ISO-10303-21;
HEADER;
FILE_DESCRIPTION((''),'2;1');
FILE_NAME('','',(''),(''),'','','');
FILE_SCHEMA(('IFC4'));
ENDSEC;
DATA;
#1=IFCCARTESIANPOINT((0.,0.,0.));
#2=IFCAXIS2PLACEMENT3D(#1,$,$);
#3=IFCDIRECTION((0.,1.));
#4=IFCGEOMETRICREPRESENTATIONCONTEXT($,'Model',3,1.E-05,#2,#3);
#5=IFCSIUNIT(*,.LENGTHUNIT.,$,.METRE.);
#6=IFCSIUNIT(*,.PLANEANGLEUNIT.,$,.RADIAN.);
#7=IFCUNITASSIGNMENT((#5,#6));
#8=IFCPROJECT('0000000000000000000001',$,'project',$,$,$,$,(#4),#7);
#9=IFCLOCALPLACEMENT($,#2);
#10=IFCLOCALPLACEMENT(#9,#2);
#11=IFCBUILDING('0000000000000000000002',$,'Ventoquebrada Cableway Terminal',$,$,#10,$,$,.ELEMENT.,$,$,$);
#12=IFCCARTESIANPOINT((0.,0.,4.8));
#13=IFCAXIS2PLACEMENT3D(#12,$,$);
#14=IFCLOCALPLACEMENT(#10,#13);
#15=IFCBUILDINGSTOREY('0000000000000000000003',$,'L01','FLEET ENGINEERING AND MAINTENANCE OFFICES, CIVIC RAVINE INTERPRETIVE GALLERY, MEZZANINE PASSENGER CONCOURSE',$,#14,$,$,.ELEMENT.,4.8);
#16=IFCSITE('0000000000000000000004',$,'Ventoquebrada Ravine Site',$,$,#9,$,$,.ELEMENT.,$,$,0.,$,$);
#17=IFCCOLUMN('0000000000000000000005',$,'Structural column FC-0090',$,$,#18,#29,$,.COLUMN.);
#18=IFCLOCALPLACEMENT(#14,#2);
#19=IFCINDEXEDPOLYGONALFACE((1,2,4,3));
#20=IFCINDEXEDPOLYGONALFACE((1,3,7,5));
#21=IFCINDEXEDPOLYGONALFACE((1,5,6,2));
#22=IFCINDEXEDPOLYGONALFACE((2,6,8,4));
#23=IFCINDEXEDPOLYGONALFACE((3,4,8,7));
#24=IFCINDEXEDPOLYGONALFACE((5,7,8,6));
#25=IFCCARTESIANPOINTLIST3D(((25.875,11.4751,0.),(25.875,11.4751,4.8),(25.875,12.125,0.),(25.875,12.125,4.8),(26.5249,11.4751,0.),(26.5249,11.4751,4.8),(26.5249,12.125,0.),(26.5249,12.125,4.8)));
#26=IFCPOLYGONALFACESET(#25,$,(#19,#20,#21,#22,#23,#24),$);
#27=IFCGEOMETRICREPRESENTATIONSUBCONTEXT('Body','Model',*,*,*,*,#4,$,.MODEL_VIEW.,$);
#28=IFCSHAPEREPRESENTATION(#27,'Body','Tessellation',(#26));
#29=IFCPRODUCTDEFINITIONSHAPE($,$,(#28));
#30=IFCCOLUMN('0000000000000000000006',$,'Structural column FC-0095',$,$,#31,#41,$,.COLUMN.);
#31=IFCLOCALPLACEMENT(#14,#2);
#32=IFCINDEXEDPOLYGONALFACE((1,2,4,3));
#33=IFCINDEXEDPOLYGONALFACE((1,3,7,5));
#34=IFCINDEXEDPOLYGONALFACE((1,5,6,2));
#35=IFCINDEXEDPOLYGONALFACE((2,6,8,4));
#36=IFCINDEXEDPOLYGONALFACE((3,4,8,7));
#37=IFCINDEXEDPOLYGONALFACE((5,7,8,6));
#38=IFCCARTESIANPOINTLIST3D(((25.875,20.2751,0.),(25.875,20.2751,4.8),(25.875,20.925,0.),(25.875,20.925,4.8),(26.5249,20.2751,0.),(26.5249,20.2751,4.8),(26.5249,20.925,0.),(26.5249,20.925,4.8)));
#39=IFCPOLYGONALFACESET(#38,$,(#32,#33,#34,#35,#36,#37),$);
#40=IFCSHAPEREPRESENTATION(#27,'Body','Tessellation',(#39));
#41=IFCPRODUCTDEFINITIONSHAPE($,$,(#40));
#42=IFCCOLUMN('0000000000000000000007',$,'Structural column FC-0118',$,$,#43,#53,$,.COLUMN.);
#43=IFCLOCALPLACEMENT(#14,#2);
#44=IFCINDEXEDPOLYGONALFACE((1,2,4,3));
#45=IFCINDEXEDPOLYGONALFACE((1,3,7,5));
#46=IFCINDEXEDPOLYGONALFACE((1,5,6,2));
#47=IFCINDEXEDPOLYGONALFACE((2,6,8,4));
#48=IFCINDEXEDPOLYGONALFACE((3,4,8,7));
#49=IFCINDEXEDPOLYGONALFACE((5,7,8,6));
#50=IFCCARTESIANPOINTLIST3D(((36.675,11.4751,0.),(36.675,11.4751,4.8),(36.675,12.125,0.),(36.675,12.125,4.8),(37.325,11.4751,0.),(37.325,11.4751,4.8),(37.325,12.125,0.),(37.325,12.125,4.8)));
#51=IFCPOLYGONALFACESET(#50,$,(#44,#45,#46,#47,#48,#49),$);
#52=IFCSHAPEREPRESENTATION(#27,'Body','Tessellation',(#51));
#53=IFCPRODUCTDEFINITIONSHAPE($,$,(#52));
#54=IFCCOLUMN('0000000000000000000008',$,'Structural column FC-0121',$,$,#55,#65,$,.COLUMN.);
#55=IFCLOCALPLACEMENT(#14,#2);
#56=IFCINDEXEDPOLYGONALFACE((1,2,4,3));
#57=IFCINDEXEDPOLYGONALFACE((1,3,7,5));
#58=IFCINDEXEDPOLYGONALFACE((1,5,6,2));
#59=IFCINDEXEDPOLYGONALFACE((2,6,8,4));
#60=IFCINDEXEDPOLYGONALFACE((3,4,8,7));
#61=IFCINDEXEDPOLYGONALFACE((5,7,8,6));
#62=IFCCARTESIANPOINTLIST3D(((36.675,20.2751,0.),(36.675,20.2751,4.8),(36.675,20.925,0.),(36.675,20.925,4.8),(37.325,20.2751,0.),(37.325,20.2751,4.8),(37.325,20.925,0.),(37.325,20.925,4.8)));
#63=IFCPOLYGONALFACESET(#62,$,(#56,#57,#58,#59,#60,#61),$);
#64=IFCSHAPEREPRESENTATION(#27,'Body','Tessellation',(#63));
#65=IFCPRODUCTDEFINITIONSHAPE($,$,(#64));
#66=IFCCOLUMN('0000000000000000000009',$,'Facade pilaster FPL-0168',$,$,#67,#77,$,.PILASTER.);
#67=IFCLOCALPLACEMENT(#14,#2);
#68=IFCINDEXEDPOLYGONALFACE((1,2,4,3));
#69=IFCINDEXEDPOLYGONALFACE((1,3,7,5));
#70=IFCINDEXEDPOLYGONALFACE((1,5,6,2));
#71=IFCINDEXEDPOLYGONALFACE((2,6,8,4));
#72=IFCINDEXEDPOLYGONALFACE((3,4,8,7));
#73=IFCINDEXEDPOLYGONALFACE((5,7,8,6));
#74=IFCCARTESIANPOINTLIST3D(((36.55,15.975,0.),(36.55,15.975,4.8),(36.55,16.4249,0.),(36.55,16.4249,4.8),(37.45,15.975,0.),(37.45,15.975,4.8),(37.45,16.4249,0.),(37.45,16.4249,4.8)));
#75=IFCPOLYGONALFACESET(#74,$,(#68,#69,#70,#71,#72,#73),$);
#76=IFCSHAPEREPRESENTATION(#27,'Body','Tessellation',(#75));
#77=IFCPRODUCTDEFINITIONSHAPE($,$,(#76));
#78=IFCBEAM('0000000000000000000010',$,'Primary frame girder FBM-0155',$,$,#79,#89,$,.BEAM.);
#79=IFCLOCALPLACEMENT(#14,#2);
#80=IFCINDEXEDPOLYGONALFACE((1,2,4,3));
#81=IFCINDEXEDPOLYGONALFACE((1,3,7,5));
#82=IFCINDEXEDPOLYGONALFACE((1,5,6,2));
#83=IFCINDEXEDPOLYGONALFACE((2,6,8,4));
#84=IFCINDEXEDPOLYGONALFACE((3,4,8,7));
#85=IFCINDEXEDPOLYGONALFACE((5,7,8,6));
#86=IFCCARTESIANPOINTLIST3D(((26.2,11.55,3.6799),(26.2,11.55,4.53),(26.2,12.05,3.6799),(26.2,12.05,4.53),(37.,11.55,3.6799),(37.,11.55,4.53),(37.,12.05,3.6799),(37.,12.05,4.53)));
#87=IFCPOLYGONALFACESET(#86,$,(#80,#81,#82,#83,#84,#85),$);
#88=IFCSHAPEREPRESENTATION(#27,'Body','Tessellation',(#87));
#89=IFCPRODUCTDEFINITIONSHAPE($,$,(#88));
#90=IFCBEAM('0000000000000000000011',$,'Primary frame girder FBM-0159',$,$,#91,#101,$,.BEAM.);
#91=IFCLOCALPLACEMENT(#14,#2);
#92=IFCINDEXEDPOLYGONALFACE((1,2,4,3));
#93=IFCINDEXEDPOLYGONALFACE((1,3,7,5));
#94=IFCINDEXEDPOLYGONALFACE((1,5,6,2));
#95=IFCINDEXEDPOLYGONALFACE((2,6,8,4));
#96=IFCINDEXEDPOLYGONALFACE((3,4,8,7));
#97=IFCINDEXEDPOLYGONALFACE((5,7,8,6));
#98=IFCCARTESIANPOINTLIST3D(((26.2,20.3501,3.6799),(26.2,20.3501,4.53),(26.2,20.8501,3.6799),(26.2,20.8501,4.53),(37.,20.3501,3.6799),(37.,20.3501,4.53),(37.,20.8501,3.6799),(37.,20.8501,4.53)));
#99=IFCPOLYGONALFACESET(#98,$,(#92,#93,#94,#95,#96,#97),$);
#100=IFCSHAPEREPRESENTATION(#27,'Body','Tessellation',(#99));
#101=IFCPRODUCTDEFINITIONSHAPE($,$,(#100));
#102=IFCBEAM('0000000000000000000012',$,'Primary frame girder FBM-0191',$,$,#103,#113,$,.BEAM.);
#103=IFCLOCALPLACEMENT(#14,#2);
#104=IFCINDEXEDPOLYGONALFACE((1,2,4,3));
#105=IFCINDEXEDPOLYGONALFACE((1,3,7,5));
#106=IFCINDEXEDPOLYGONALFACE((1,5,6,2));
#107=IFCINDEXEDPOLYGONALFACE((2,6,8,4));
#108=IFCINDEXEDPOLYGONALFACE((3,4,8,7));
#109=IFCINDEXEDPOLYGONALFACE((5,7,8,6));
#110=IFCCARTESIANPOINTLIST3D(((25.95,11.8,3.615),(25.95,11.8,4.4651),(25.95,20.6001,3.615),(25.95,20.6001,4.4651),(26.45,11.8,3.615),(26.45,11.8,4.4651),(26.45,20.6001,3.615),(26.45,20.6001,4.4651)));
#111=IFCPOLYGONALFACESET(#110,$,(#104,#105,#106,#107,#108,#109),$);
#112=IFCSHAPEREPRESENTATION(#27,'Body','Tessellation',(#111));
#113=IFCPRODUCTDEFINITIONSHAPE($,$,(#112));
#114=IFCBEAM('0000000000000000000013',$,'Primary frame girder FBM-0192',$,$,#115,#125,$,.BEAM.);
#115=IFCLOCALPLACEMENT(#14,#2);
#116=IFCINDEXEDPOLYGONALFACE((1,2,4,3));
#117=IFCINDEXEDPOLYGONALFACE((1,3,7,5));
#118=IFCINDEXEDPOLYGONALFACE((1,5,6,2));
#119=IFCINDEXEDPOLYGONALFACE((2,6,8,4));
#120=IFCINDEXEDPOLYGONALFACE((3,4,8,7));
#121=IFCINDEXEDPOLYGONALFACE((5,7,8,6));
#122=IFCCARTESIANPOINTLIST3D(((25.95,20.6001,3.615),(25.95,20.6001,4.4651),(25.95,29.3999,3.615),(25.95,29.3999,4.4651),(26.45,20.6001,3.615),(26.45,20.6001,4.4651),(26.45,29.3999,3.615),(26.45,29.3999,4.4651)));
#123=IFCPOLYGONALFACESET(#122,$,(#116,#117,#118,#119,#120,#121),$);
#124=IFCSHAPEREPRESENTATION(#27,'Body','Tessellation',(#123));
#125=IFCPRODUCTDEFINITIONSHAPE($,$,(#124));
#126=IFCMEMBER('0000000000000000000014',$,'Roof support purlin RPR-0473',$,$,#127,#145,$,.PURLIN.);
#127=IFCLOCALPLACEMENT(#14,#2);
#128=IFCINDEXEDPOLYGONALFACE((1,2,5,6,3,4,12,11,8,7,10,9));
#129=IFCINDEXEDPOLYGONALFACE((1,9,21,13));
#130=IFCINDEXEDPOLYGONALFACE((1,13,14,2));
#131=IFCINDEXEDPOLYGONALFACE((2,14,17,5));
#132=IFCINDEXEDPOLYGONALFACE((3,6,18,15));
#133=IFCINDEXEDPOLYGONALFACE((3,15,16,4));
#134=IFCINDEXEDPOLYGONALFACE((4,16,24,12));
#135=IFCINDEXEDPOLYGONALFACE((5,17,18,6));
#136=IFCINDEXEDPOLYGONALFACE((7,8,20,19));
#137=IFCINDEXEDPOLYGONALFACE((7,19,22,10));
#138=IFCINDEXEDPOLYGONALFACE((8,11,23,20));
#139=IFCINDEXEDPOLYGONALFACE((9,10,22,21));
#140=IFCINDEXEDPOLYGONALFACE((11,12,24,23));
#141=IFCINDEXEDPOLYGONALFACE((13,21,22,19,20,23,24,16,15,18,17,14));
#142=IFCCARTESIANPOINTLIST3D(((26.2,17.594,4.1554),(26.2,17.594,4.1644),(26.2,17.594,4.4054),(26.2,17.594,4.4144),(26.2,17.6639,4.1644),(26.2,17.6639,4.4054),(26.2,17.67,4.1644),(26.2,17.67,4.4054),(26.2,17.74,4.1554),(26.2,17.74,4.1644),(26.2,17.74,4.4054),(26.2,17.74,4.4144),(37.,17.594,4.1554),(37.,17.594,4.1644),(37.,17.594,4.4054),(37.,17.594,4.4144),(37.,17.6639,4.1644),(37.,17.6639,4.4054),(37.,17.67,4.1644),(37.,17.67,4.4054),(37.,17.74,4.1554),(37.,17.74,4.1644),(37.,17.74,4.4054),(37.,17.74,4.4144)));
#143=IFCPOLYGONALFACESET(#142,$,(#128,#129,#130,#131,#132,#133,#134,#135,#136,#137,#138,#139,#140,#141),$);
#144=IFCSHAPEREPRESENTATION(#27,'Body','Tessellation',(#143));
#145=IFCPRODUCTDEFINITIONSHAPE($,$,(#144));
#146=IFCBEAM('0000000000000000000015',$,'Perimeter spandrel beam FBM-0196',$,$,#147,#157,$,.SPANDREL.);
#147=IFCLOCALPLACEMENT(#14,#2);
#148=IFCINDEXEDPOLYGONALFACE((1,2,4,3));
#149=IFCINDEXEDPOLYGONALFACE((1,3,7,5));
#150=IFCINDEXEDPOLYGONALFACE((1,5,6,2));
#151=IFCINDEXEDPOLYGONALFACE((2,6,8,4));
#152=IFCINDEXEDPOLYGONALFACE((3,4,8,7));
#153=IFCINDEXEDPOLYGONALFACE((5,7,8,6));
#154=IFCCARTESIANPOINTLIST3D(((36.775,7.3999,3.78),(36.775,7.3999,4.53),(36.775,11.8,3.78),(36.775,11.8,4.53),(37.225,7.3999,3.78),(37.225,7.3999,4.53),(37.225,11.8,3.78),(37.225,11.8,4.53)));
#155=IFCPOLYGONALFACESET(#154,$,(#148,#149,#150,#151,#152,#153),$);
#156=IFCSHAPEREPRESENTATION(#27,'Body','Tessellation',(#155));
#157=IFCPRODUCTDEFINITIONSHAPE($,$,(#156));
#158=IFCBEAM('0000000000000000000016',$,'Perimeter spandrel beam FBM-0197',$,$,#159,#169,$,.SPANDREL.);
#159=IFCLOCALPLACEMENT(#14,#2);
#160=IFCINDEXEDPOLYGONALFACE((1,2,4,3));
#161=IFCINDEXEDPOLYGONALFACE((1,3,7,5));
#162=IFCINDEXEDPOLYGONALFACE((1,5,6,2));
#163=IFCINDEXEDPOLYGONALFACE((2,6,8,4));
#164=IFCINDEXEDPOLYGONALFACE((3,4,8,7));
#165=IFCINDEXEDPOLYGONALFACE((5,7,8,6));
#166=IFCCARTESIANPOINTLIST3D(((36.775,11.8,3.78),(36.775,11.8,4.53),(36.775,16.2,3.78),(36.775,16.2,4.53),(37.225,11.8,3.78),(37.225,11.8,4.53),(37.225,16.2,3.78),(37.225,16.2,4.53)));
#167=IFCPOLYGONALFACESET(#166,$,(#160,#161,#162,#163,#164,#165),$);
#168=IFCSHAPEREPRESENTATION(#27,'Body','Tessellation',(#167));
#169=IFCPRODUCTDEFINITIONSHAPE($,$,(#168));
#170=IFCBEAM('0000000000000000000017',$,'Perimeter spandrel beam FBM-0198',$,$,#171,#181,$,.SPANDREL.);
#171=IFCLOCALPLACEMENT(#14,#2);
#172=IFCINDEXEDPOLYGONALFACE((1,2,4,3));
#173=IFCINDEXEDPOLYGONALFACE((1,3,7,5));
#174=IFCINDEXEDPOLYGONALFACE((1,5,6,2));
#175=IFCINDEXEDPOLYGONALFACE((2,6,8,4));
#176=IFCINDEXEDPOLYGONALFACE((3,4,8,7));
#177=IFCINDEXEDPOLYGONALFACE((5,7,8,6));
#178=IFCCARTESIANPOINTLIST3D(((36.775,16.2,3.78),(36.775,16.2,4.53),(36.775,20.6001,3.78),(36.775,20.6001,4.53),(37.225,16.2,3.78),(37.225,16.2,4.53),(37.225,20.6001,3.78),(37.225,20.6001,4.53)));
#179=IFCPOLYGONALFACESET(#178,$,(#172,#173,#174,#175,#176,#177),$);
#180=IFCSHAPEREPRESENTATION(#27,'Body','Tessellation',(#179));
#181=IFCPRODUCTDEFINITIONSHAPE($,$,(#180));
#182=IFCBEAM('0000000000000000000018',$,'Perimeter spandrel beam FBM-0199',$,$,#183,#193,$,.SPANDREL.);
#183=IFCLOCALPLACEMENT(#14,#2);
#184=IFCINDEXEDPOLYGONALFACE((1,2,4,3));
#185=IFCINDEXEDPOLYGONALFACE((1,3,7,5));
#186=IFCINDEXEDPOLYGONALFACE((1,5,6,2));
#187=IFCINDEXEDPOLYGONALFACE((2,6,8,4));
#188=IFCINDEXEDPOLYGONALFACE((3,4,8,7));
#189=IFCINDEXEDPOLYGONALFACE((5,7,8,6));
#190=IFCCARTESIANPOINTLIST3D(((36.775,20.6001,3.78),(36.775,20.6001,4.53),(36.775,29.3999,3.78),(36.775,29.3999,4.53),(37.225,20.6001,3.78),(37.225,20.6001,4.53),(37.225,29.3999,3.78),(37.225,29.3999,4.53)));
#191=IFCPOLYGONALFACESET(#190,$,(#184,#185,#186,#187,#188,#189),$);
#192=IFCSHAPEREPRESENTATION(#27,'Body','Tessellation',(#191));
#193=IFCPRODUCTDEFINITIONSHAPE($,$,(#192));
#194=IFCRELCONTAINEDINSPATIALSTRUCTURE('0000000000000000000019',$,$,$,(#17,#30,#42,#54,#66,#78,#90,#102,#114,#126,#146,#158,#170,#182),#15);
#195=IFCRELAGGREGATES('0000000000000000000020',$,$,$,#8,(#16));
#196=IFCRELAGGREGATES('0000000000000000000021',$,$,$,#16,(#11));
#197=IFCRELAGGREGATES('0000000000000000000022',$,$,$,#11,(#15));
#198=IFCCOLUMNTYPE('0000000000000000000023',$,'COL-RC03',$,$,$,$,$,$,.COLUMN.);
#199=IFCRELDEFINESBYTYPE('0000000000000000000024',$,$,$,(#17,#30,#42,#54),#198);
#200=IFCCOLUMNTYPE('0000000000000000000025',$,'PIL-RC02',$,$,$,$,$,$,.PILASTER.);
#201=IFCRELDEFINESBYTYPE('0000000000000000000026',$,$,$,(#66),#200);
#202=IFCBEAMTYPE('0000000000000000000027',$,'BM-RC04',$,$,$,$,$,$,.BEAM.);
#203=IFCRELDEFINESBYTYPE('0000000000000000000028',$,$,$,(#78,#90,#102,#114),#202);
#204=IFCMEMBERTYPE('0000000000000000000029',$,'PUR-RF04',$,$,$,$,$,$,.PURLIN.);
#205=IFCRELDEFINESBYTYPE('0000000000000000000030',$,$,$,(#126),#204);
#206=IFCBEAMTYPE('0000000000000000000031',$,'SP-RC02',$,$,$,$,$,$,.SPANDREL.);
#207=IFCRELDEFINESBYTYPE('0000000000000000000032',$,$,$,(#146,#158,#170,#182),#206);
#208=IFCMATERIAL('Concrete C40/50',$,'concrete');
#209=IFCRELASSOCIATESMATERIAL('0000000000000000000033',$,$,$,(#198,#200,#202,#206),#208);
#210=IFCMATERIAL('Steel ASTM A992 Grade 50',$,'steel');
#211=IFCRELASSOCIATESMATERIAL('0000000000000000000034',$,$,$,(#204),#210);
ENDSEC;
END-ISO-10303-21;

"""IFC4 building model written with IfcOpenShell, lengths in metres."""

from ifc_helpers import new_model, si_unit, direction, frame, origin, origin_2d, place, context, subcontext, project, spatial, rectangle, i_section, extrude, material, material_profile, profile_set, type_object, element, save


model = new_model("IFC4")

# Units and contexts
model_context = context("Model", 3, precision=1e-05, world=origin(), true_north=direction((0.0, 1.0)))
body_context = subcontext(model_context, "Body", "Model", "MODEL_VIEW")
ifc_project = project(units=[si_unit("LENGTHUNIT", "METRE"), si_unit("PLANEANGLEUNIT", "RADIAN")], contexts=[model_context])

# Site, building, storey
site_placement = place(None, origin())
site = spatial("IfcSite", under=ifc_project, at=site_placement, Name="Ventoquebrada Ravine Site", CompositionType="ELEMENT", RefElevation=0.0)
building_placement = place(site_placement, origin())
building = spatial("IfcBuilding", under=site, at=building_placement, Name="Ventoquebrada Cableway Terminal", CompositionType="ELEMENT")
storey_placement = place(building_placement, frame((0.0, 0.0, 4.8)))
storey = spatial("IfcBuildingStorey", under=building, at=storey_placement, Name="L01", Description="FLEET ENGINEERING AND MAINTENANCE OFFICES, CIVIC RAVINE INTERPRETIVE GALLERY, MEZZANINE PASSENGER CONCOURSE", CompositionType="ELEMENT", Elevation=4.8)

# Columns
ifc_material_1 = material(Name="Concrete C40/50", Category="concrete")
ifc_material_profile_1 = material_profile(ifc_material_1, rectangle(XDim=0.6499, YDim=0.6499, at=origin_2d()), Name="RC-COL-650X650")
ifc_profile_set_1 = profile_set([ifc_material_profile_1], Name="Concrete C40/50")
column_type_1 = type_object("IfcColumnType", Name="COL-RC03", PredefinedType="COLUMN", material=ifc_profile_set_1)
for number, where, z_axis, x_axis, name in (
    (1, (26.2, 11.8, 0.0), (0.0, 0.0, 1.0), (1.0, 0.0, 0.0), "Structural column FC-0090"),
    (2, (26.2, 20.6001, 0.0), (0.0, 0.0, 1.0), (1.0, 0.0, 0.0), "Structural column FC-0095"),
    (3, (37.0, 11.8, 0.0), (0.0, 0.0, 1.0), (1.0, 0.0, 0.0), "Structural column FC-0118"),
    (4, (37.0, 20.6001, 0.0), (0.0, 0.0, 1.0), (1.0, 0.0, 0.0), "Structural column FC-0121"),
):
    element("IfcColumn", number, at=place(storey_placement, frame(where, z_axis=z_axis, x_axis=x_axis)), inside=storey, type_object=column_type_1, Name=name, PredefinedType="COLUMN", context=body_context, shape_type="SweptSolid", body=[
        extrude(rectangle(XDim=0.6499, YDim=0.6499, at=origin_2d()), origin(), (0.0, 0.0, 1.0), 4.8),
    ])
ifc_material_profile_2 = material_profile(ifc_material_1, rectangle(XDim=0.45, YDim=0.8999, at=origin_2d()), Name="RC-PIL-450X900")
ifc_profile_set_2 = profile_set([ifc_material_profile_2], Name="Concrete C40/50")
column_type_2 = type_object("IfcColumnType", Name="PIL-RC02", PredefinedType="PILASTER", material=ifc_profile_set_2)
column_placement = place(storey_placement, frame((37.0, 16.2, 0.0), z_axis=(0.0, 0.0, 1.0), x_axis=(0.0, 1.0, 0.0)))
element("IfcColumn", 5, at=column_placement, inside=storey, type_object=column_type_2, Name="Facade pilaster FPL-0168", PredefinedType="PILASTER", context=body_context, shape_type="SweptSolid", body=[
    extrude(rectangle(XDim=0.45, YDim=0.8999, at=origin_2d()), origin(), (0.0, 0.0, 1.0), 4.8),
])

# Beams
ifc_material_profile_3 = material_profile(ifc_material_1, rectangle(XDim=0.5, YDim=0.8501, at=origin_2d()), Name="RC-BM-500X850")
ifc_profile_set_3 = profile_set([ifc_material_profile_3], Name="Concrete C40/50")
beam_type_1 = type_object("IfcBeamType", Name="BM-RC04", PredefinedType="BEAM", material=ifc_profile_set_3)
for number, where, z_axis, x_axis, name in (
    (6, (26.2, 11.8, 4.105), (1.0, 0.0, 0.0), (0.0, 1.0, 0.0), "Primary frame girder FBM-0155"),
    (7, (26.2, 20.6001, 4.105), (1.0, 0.0, 0.0), (0.0, 1.0, 0.0), "Primary frame girder FBM-0159"),
):
    element("IfcBeam", number, at=place(storey_placement, frame(where, z_axis=z_axis, x_axis=x_axis)), inside=storey, type_object=beam_type_1, Name=name, PredefinedType="BEAM", context=body_context, shape_type="SweptSolid", body=[
        extrude(rectangle(XDim=0.5, YDim=0.8501, at=origin_2d()), origin(), (0.0, 0.0, 1.0), 10.8),
    ])
beam_1_placement = place(storey_placement, frame((26.2, 11.8, 4.04), z_axis=(0.0, 1.0, 0.0), x_axis=(-1.0, 0.0, 0.0)))
element("IfcBeam", 8, at=beam_1_placement, inside=storey, type_object=beam_type_1, Name="Primary frame girder FBM-0191", PredefinedType="BEAM", context=body_context, shape_type="SweptSolid", body=[
    extrude(rectangle(XDim=0.5, YDim=0.8501, at=origin_2d()), origin(), (0.0, 0.0, 1.0), 8.8),
])
beam_2_placement = place(storey_placement, frame((26.2, 20.6001, 4.04), z_axis=(0.0, 1.0, 0.0), x_axis=(-1.0, 0.0, 0.0)))
element("IfcBeam", 9, at=beam_2_placement, inside=storey, type_object=beam_type_1, Name="Primary frame girder FBM-0192", PredefinedType="BEAM", context=body_context, shape_type="SweptSolid", body=[
    extrude(rectangle(XDim=0.5, YDim=0.8501, at=origin_2d()), origin(), (0.0, 0.0, 1.0), 8.7998),
])

# Member
ifc_material_2 = material(Name="Steel ASTM A992 Grade 50", Category="steel")
ifc_material_profile_4 = material_profile(ifc_material_2, i_section(OverallWidth=0.146, OverallDepth=0.259, WebThickness=0.0061, FlangeThickness=0.009, at=origin_2d()), Name="W10X22")
ifc_profile_set_4 = profile_set([ifc_material_profile_4], Name="Steel ASTM A992 Grade 50")
member_type = type_object("IfcMemberType", Name="PUR-RF04", PredefinedType="PURLIN", material=ifc_profile_set_4)
member_placement = place(storey_placement, frame((26.2, 17.667, 4.2849), z_axis=(1.0, 0.0, 0.0), x_axis=(0.0, 1.0, 0.0)))
element("IfcMember", 10, at=member_placement, inside=storey, type_object=member_type, Name="Roof support purlin RPR-0473", PredefinedType="PURLIN", context=body_context, shape_type="SweptSolid", body=[
    extrude(i_section(OverallWidth=0.146, OverallDepth=0.259, WebThickness=0.0061, FlangeThickness=0.009, at=origin_2d()), origin(), (0.0, 0.0, 1.0), 10.8),
])

# Beams
ifc_material_profile_5 = material_profile(ifc_material_1, rectangle(XDim=0.45, YDim=0.75, at=origin_2d()), Name="RC-BM-450X750")
ifc_profile_set_5 = profile_set([ifc_material_profile_5], Name="Concrete C40/50")
beam_type_2 = type_object("IfcBeamType", Name="SP-RC02", PredefinedType="SPANDREL", material=ifc_profile_set_5)
beam_3_placement = place(storey_placement, frame((37.0, 7.3999, 4.155), z_axis=(0.0, 1.0, 0.0), x_axis=(-1.0, 0.0, 0.0)))
element("IfcBeam", 11, at=beam_3_placement, inside=storey, type_object=beam_type_2, Name="Perimeter spandrel beam FBM-0196", PredefinedType="SPANDREL", context=body_context, shape_type="SweptSolid", body=[
    extrude(rectangle(XDim=0.45, YDim=0.75, at=origin_2d()), origin(), (0.0, 0.0, 1.0), 4.4001),
])
beam_4_placement = place(storey_placement, frame((37.0, 11.8, 4.155), z_axis=(0.0, 1.0, 0.0), x_axis=(-1.0, 0.0, 0.0)))
element("IfcBeam", 12, at=beam_4_placement, inside=storey, type_object=beam_type_2, Name="Perimeter spandrel beam FBM-0197", PredefinedType="SPANDREL", context=body_context, shape_type="SweptSolid", body=[
    extrude(rectangle(XDim=0.45, YDim=0.75, at=origin_2d()), origin(), (0.0, 0.0, 1.0), 4.3999),
])
beam_5_placement = place(storey_placement, frame((37.0, 16.2, 4.155), z_axis=(0.0, 1.0, 0.0), x_axis=(-1.0, 0.0, 0.0)))
element("IfcBeam", 13, at=beam_5_placement, inside=storey, type_object=beam_type_2, Name="Perimeter spandrel beam FBM-0198", PredefinedType="SPANDREL", context=body_context, shape_type="SweptSolid", body=[
    extrude(rectangle(XDim=0.45, YDim=0.75, at=origin_2d()), origin(), (0.0, 0.0, 1.0), 4.4001),
])
beam_6_placement = place(storey_placement, frame((37.0, 20.6001, 4.155), z_axis=(0.0, 1.0, 0.0), x_axis=(-1.0, 0.0, 0.0)))
element("IfcBeam", 14, at=beam_6_placement, inside=storey, type_object=beam_type_2, Name="Perimeter spandrel beam FBM-0199", PredefinedType="SPANDREL", context=body_context, shape_type="SweptSolid", body=[
    extrude(rectangle(XDim=0.45, YDim=0.75, at=origin_2d()), origin(), (0.0, 0.0, 1.0), 8.7998),
])

save(model, "model.ifc")
